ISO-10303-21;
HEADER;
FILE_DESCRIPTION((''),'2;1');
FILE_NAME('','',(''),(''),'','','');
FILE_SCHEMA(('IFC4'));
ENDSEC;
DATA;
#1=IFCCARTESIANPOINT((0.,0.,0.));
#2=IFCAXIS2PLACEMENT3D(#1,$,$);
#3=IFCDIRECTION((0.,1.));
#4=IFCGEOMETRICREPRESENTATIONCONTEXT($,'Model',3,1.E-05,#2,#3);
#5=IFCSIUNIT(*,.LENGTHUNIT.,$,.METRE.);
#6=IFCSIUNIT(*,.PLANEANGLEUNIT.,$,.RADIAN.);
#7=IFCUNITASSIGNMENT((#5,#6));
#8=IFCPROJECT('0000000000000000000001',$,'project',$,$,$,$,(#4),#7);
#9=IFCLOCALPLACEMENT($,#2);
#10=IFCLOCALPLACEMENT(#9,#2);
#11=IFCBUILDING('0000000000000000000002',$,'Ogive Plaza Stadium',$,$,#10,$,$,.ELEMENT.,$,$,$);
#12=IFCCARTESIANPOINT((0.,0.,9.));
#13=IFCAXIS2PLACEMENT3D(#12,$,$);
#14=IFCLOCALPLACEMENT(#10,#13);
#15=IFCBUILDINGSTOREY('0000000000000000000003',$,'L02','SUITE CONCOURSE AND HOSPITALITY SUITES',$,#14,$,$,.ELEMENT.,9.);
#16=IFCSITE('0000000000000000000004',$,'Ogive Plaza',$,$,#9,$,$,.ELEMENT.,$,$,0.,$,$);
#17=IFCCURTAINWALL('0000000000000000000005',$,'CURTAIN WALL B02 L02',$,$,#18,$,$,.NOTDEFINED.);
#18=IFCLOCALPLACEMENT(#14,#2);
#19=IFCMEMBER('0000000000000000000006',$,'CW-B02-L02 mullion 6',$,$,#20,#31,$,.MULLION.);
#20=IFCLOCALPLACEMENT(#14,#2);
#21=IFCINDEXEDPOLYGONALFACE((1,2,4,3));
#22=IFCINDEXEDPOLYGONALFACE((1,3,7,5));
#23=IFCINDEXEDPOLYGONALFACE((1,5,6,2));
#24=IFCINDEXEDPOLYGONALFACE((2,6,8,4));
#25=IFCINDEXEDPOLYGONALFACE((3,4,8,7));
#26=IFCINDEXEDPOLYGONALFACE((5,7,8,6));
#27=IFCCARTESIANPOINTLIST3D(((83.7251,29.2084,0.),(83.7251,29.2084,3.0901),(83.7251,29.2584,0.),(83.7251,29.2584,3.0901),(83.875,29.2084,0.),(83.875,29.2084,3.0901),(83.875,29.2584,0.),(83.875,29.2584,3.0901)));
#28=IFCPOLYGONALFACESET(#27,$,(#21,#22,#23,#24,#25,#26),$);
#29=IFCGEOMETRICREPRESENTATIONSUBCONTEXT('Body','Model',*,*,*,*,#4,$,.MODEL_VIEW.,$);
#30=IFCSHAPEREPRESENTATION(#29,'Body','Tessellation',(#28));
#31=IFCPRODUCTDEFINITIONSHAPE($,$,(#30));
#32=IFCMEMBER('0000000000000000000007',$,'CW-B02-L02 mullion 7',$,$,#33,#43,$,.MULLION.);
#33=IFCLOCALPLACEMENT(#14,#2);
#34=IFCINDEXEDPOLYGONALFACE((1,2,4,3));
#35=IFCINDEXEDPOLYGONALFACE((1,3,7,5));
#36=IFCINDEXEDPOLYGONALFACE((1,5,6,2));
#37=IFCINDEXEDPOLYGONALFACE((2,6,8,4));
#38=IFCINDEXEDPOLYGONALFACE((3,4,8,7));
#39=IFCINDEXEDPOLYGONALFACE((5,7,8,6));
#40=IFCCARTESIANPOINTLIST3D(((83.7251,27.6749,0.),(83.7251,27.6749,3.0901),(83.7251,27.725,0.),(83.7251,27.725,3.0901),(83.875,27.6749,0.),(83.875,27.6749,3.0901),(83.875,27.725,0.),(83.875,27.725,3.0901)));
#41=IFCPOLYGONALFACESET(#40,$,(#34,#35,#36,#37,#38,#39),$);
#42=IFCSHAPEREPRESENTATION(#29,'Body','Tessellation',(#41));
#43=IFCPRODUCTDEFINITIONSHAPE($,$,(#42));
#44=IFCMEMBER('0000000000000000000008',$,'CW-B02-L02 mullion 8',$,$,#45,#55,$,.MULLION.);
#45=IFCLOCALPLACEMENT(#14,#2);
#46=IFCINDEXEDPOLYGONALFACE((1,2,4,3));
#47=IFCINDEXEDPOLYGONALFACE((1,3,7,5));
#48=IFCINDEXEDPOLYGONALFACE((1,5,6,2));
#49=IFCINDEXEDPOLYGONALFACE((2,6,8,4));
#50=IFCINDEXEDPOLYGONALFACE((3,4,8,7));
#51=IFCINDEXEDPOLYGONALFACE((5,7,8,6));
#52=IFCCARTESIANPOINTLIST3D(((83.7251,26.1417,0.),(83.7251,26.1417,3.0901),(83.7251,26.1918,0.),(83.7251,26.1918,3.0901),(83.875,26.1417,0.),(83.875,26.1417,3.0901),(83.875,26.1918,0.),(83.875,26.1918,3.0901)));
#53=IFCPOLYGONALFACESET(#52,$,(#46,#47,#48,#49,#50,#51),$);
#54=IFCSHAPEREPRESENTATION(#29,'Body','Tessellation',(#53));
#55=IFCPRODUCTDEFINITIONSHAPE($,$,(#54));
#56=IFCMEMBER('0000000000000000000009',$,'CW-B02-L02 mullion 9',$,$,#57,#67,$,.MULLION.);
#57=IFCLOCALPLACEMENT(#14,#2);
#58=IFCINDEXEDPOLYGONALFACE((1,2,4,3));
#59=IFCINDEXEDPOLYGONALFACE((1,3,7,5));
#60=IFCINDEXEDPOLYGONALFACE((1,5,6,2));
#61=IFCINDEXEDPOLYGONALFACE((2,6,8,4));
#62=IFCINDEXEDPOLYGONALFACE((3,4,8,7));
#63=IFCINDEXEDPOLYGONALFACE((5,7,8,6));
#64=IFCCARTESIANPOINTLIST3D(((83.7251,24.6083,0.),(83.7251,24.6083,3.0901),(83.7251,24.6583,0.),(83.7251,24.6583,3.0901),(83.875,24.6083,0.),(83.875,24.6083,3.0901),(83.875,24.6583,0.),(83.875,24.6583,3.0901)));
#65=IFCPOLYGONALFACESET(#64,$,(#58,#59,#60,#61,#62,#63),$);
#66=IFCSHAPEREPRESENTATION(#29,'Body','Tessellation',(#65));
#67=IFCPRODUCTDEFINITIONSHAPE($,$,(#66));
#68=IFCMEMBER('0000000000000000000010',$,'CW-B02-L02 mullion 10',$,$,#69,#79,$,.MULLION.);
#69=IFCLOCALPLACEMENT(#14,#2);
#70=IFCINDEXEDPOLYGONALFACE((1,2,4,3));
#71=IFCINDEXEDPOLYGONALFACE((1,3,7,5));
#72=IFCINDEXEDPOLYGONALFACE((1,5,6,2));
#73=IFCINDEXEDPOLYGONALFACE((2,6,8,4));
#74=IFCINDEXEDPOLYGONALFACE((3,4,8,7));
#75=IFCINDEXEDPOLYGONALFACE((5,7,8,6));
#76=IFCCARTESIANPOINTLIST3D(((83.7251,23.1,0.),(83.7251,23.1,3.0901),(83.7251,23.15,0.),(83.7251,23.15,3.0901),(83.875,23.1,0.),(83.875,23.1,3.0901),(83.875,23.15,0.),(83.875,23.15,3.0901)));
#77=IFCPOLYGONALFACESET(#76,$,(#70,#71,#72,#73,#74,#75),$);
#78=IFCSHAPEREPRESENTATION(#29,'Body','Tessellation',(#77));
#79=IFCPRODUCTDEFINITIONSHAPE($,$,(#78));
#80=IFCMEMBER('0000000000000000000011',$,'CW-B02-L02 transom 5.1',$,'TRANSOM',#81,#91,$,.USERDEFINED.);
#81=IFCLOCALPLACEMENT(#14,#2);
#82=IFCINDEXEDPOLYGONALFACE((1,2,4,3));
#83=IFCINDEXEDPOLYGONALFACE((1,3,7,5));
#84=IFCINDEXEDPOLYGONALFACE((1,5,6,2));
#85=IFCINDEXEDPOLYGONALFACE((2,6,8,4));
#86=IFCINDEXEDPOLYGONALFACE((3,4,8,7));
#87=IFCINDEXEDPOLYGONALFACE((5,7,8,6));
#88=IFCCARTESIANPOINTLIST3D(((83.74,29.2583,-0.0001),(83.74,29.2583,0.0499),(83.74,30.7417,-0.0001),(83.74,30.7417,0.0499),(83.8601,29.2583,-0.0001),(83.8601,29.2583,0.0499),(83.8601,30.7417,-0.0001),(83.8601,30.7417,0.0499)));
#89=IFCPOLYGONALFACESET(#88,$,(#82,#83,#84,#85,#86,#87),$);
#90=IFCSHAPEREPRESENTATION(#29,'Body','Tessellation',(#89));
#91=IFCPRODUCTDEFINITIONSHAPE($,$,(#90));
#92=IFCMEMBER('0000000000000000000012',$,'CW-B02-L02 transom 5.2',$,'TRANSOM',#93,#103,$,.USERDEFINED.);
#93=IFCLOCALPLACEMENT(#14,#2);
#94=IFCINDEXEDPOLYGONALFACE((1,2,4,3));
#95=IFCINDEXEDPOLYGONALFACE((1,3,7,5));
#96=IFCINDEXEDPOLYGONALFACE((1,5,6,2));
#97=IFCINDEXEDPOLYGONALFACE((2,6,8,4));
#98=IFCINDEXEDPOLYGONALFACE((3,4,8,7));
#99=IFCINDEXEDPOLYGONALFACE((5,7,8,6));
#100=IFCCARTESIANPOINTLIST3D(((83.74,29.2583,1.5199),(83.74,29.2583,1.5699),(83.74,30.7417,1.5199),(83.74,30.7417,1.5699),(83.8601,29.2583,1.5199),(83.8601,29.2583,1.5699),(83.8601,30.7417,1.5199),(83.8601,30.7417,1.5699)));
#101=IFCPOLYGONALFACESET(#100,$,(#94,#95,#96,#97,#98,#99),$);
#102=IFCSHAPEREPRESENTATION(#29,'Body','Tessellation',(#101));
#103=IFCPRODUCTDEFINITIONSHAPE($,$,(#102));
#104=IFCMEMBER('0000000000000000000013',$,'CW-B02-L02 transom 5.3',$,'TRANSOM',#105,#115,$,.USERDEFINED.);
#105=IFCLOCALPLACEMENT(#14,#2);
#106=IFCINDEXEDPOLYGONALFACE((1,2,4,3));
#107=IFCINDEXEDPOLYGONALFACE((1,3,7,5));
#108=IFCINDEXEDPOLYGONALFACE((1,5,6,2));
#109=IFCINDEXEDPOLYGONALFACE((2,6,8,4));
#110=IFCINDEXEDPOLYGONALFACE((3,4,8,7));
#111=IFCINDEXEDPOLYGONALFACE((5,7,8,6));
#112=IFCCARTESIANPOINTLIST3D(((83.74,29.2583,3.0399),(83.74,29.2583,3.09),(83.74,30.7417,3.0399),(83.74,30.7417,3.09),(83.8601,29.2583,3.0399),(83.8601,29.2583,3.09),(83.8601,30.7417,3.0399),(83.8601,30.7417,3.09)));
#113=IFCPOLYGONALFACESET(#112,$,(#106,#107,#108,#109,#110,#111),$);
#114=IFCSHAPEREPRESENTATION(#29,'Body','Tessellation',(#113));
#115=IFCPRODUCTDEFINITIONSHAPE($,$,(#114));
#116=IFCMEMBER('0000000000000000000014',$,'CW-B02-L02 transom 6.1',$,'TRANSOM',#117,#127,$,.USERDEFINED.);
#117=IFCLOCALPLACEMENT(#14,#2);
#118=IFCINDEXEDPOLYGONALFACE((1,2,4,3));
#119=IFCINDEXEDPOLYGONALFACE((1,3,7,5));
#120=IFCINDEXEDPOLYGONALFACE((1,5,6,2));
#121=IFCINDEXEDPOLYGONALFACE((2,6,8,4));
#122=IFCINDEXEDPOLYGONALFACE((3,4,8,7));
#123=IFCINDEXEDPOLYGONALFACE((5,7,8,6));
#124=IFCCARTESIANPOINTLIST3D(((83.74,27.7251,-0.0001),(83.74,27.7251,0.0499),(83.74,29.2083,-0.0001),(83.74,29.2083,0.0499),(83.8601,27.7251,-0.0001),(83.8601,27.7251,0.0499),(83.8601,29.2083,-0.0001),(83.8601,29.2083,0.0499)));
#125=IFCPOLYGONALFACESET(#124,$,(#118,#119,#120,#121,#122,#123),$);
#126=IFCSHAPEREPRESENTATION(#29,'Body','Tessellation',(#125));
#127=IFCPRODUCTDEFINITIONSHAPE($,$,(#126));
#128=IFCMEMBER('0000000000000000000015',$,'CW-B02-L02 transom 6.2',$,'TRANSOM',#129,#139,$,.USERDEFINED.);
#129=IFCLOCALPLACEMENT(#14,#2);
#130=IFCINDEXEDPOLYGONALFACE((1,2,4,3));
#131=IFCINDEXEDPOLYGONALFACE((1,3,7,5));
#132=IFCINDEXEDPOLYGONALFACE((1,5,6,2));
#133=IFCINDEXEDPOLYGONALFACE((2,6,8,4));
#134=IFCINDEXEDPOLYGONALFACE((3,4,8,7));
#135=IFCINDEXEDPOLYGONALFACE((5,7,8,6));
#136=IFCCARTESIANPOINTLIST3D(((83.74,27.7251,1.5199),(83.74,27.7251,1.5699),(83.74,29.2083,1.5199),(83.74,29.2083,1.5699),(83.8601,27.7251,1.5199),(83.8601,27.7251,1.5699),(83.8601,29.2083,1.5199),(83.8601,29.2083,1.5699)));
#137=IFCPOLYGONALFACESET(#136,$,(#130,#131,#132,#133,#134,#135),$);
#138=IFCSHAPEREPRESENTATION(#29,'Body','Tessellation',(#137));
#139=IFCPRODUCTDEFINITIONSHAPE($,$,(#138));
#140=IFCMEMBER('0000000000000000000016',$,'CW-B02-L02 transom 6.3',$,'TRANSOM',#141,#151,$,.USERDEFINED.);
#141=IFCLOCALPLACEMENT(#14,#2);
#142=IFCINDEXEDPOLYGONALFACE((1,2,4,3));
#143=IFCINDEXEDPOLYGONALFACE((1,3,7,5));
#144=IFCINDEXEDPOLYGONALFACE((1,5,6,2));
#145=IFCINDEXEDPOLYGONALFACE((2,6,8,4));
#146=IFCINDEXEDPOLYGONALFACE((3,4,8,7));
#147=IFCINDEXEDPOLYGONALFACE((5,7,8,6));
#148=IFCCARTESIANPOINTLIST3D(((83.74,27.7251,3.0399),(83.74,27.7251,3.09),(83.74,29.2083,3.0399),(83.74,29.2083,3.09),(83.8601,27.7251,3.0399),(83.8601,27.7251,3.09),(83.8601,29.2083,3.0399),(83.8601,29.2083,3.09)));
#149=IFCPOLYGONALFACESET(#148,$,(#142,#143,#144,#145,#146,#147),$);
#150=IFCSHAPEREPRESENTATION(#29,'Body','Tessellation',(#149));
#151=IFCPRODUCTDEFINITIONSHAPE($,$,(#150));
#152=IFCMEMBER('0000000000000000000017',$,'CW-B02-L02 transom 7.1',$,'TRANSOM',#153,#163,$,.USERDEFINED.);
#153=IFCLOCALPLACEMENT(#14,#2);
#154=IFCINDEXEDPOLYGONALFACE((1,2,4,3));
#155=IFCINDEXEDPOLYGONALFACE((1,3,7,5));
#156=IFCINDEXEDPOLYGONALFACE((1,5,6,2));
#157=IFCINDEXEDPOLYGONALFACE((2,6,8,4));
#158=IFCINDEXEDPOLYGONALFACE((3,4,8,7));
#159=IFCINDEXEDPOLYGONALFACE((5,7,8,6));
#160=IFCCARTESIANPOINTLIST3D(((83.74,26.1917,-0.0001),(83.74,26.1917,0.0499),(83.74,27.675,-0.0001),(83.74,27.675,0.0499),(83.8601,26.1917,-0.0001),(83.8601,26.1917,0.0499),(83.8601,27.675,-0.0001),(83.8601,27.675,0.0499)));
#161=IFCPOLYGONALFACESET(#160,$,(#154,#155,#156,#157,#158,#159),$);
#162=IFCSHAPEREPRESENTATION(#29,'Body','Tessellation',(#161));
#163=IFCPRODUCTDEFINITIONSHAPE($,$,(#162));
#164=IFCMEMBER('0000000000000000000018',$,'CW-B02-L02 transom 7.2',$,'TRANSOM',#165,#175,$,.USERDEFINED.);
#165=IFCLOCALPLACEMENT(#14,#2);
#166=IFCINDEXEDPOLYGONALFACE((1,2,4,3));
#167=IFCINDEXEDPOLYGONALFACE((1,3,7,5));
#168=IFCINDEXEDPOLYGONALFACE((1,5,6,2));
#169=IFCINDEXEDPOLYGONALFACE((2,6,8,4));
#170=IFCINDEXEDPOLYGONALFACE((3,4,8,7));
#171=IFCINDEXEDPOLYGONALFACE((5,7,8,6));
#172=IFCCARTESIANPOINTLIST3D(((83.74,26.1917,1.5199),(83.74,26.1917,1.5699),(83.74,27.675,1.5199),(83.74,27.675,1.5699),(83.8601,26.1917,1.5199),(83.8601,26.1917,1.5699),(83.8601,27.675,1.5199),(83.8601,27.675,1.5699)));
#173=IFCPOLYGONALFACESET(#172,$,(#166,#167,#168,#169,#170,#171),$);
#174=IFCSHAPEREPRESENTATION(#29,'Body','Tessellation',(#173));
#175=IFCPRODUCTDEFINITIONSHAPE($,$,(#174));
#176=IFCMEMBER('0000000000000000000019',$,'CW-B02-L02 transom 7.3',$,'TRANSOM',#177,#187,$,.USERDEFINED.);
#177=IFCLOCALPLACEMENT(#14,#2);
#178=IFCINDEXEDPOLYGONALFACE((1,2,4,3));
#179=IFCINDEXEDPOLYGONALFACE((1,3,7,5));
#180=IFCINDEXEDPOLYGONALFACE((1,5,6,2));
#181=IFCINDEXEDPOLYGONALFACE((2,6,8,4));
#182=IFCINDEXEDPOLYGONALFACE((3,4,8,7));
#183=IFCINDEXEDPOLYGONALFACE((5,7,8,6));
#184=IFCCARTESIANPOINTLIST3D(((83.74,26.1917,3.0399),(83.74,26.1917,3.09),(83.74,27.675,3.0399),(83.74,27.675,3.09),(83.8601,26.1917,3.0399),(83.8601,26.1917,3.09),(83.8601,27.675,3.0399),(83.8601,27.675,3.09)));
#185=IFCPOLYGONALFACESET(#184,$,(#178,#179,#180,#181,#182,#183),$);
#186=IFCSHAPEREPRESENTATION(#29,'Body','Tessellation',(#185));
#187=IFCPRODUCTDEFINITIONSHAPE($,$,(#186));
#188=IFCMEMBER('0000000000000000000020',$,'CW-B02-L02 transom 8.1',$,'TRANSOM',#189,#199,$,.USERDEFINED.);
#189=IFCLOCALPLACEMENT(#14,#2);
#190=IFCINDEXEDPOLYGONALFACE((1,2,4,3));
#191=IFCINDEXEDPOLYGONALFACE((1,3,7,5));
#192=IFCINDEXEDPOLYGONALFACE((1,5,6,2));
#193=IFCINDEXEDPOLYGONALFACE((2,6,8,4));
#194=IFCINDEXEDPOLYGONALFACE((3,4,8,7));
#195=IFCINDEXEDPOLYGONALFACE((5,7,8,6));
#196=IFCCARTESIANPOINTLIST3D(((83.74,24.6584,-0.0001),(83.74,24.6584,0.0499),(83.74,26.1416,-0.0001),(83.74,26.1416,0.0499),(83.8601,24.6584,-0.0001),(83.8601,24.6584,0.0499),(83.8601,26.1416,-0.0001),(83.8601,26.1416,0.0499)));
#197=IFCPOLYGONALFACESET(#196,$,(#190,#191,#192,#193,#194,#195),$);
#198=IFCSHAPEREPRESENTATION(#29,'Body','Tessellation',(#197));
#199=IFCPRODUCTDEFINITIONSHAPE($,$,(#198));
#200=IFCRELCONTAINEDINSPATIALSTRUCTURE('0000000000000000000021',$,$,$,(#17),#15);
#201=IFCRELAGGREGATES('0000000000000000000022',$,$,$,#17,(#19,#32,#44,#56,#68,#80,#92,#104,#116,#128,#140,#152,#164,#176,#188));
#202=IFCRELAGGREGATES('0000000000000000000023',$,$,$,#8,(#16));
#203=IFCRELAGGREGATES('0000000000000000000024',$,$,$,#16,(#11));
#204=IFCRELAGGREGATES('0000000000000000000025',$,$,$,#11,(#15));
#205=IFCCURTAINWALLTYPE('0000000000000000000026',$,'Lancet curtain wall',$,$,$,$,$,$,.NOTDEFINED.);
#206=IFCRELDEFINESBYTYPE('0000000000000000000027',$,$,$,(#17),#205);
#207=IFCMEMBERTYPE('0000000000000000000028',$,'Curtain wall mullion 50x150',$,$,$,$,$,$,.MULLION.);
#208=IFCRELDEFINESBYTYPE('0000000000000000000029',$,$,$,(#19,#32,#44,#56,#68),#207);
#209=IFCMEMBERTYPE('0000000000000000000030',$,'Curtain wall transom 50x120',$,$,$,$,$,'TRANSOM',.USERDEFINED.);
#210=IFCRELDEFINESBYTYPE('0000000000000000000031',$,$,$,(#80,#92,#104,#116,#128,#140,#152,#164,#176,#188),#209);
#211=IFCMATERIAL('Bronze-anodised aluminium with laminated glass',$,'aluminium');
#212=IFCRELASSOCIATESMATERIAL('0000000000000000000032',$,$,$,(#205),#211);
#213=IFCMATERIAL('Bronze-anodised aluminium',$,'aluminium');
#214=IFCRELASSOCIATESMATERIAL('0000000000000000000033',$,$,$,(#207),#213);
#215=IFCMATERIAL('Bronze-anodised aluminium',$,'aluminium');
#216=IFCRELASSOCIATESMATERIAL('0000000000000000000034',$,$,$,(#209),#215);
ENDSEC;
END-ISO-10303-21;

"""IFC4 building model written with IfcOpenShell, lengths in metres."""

from ifc_helpers import new_model, si_unit, direction, frame, origin, origin_2d, place, context, subcontext, project, spatial, rectangle, extrude, material, material_profile, profile_set, type_object, element, aggregate, save


model = new_model("IFC4")

# Units and contexts
model_context = context("Model", 3, precision=1e-05, world=origin(), true_north=direction((0.0, 1.0)))
body_context = subcontext(model_context, "Body", "Model", "MODEL_VIEW")
ifc_project = project(units=[si_unit("LENGTHUNIT", "METRE"), si_unit("PLANEANGLEUNIT", "RADIAN")], contexts=[model_context])

# Site, building, storey
site_placement = place(None, origin())
site = spatial("IfcSite", under=ifc_project, at=site_placement, Name="Ogive Plaza", CompositionType="ELEMENT", RefElevation=0.0)
building_placement = place(site_placement, origin())
building = spatial("IfcBuilding", under=site, at=building_placement, Name="Ogive Plaza Stadium", CompositionType="ELEMENT")
storey_placement = place(building_placement, frame((0.0, 0.0, 9.0)))
storey = spatial("IfcBuildingStorey", under=building, at=storey_placement, Name="L02", Description="SUITE CONCOURSE AND HOSPITALITY SUITES", CompositionType="ELEMENT", Elevation=9.0)

# Curtain wall, members
ifc_material_1 = material(Name="Bronze-anodised aluminium with laminated glass", Category="aluminium")
curtain_wall_type = type_object("IfcCurtainWallType", Name="Lancet curtain wall", PredefinedType="NOTDEFINED", material=ifc_material_1)
curtain_wall_placement = place(storey_placement, origin())
curtain_wall = element("IfcCurtainWall", 1, at=curtain_wall_placement, inside=storey, type_object=curtain_wall_type, Name="CURTAIN WALL B02 L02", PredefinedType="NOTDEFINED")
ifc_material_2 = material(Name="Bronze-anodised aluminium", Category="aluminium")
ifc_material_profile_1 = material_profile(ifc_material_2, rectangle(XDim=0.1499, YDim=0.05, at=origin_2d()), Name="AL 150x50")
ifc_profile_set_1 = profile_set([ifc_material_profile_1], Name="Bronze-anodised aluminium")
member_type_1 = type_object("IfcMemberType", Name="Curtain wall mullion 50x150", PredefinedType="MULLION", material=ifc_profile_set_1)
member_1_placement = place(storey_placement, frame((83.8, 29.2334, 0.0), z_axis=(0.0, 0.0, 1.0), x_axis=(1.0, 0.0, 0.0)))
member_1 = element("IfcMember", 2, at=member_1_placement, type_object=member_type_1, Name="CW-B02-L02 mullion 6", PredefinedType="MULLION", context=body_context, shape_type="SweptSolid", body=[
    extrude(rectangle(XDim=0.1499, YDim=0.05, at=origin_2d()), origin(), (0.0, 0.0, 1.0), 3.0901),
])
member_2_placement = place(storey_placement, frame((83.8, 27.7, 0.0), z_axis=(0.0, 0.0, 1.0), x_axis=(1.0, 0.0, 0.0)))
member_2 = element("IfcMember", 3, at=member_2_placement, type_object=member_type_1, Name="CW-B02-L02 mullion 7", PredefinedType="MULLION", context=body_context, shape_type="SweptSolid", body=[
    extrude(rectangle(XDim=0.1499, YDim=0.05, at=origin_2d()), origin(), (0.0, 0.0, 1.0), 3.0901),
])
member_3_placement = place(storey_placement, frame((83.8, 26.1667, 0.0), z_axis=(0.0, 0.0, 1.0), x_axis=(1.0, 0.0, 0.0)))
member_3 = element("IfcMember", 4, at=member_3_placement, type_object=member_type_1, Name="CW-B02-L02 mullion 8", PredefinedType="MULLION", context=body_context, shape_type="SweptSolid", body=[
    extrude(rectangle(XDim=0.1499, YDim=0.05, at=origin_2d()), origin(), (0.0, 0.0, 1.0), 3.0901),
])
member_4_placement = place(storey_placement, frame((83.8, 24.6333, 0.0), z_axis=(0.0, 0.0, 1.0), x_axis=(1.0, 0.0, 0.0)))
member_4 = element("IfcMember", 5, at=member_4_placement, type_object=member_type_1, Name="CW-B02-L02 mullion 9", PredefinedType="MULLION", context=body_context, shape_type="SweptSolid", body=[
    extrude(rectangle(XDim=0.1499, YDim=0.05, at=origin_2d()), origin(), (0.0, 0.0, 1.0), 3.0901),
])
member_5_placement = place(storey_placement, frame((83.8, 23.125, 0.0), z_axis=(0.0, 0.0, 1.0), x_axis=(1.0, 0.0, 0.0)))
member_5 = element("IfcMember", 6, at=member_5_placement, type_object=member_type_1, Name="CW-B02-L02 mullion 10", PredefinedType="MULLION", context=body_context, shape_type="SweptSolid", body=[
    extrude(rectangle(XDim=0.1499, YDim=0.05, at=origin_2d()), origin(), (0.0, 0.0, 1.0), 3.0901),
])
ifc_material_3 = material(Name="Bronze-anodised aluminium", Category="aluminium")
ifc_material_profile_2 = material_profile(ifc_material_3, rectangle(XDim=0.1201, YDim=0.05, at=origin_2d()), Name="AL 120x50")
ifc_profile_set_2 = profile_set([ifc_material_profile_2], Name="Bronze-anodised aluminium")
member_type_2 = type_object("IfcMemberType", Name="Curtain wall transom 50x120", ElementType="TRANSOM", PredefinedType="USERDEFINED", material=ifc_profile_set_2)
member_6_placement = place(storey_placement, frame((83.8, 30.7417, 0.0249), z_axis=(0.0, -1.0, 0.0), x_axis=(1.0, 0.0, 0.0)))
member_6 = element("IfcMember", 7, at=member_6_placement, type_object=member_type_2, Name="CW-B02-L02 transom 5.1", ObjectType="TRANSOM", PredefinedType="USERDEFINED", context=body_context, shape_type="SweptSolid", body=[
    extrude(rectangle(XDim=0.1201, YDim=0.05, at=origin_2d()), origin(), (0.0, 0.0, 1.0), 1.4834),
])
member_7_placement = place(storey_placement, frame((83.8, 30.7417, 1.5449), z_axis=(0.0, -1.0, 0.0), x_axis=(1.0, 0.0, 0.0)))
member_7 = element("IfcMember", 8, at=member_7_placement, type_object=member_type_2, Name="CW-B02-L02 transom 5.2", ObjectType="TRANSOM", PredefinedType="USERDEFINED", context=body_context, shape_type="SweptSolid", body=[
    extrude(rectangle(XDim=0.1201, YDim=0.05, at=origin_2d()), origin(), (0.0, 0.0, 1.0), 1.4834),
])
member_8_placement = place(storey_placement, frame((83.8, 30.7417, 3.0649), z_axis=(0.0, -1.0, 0.0), x_axis=(1.0, 0.0, 0.0)))
member_8 = element("IfcMember", 9, at=member_8_placement, type_object=member_type_2, Name="CW-B02-L02 transom 5.3", ObjectType="TRANSOM", PredefinedType="USERDEFINED", context=body_context, shape_type="SweptSolid", body=[
    extrude(rectangle(XDim=0.1201, YDim=0.05, at=origin_2d()), origin(), (0.0, 0.0, 1.0), 1.4834),
])
member_9_placement = place(storey_placement, frame((83.8, 29.2083, 0.0249), z_axis=(0.0, -1.0, 0.0), x_axis=(1.0, 0.0, 0.0)))
member_9 = element("IfcMember", 10, at=member_9_placement, type_object=member_type_2, Name="CW-B02-L02 transom 6.1", ObjectType="TRANSOM", PredefinedType="USERDEFINED", context=body_context, shape_type="SweptSolid", body=[
    extrude(rectangle(XDim=0.1201, YDim=0.05, at=origin_2d()), origin(), (0.0, 0.0, 1.0), 1.4832),
])
member_10_placement = place(storey_placement, frame((83.8, 29.2083, 1.5449), z_axis=(0.0, -1.0, 0.0), x_axis=(1.0, 0.0, 0.0)))
member_10 = element("IfcMember", 11, at=member_10_placement, type_object=member_type_2, Name="CW-B02-L02 transom 6.2", ObjectType="TRANSOM", PredefinedType="USERDEFINED", context=body_context, shape_type="SweptSolid", body=[
    extrude(rectangle(XDim=0.1201, YDim=0.05, at=origin_2d()), origin(), (0.0, 0.0, 1.0), 1.4832),
])
member_11_placement = place(storey_placement, frame((83.8, 29.2083, 3.0649), z_axis=(0.0, -1.0, 0.0), x_axis=(1.0, 0.0, 0.0)))
member_11 = element("IfcMember", 12, at=member_11_placement, type_object=member_type_2, Name="CW-B02-L02 transom 6.3", ObjectType="TRANSOM", PredefinedType="USERDEFINED", context=body_context, shape_type="SweptSolid", body=[
    extrude(rectangle(XDim=0.1201, YDim=0.05, at=origin_2d()), origin(), (0.0, 0.0, 1.0), 1.4832),
])
member_12_placement = place(storey_placement, frame((83.8, 27.675, 0.0249), z_axis=(0.0, -1.0, 0.0), x_axis=(1.0, 0.0, 0.0)))
member_12 = element("IfcMember", 13, at=member_12_placement, type_object=member_type_2, Name="CW-B02-L02 transom 7.1", ObjectType="TRANSOM", PredefinedType="USERDEFINED", context=body_context, shape_type="SweptSolid", body=[
    extrude(rectangle(XDim=0.1201, YDim=0.05, at=origin_2d()), origin(), (0.0, 0.0, 1.0), 1.4834),
])
member_13_placement = place(storey_placement, frame((83.8, 27.675, 1.5449), z_axis=(0.0, -1.0, 0.0), x_axis=(1.0, 0.0, 0.0)))
member_13 = element("IfcMember", 14, at=member_13_placement, type_object=member_type_2, Name="CW-B02-L02 transom 7.2", ObjectType="TRANSOM", PredefinedType="USERDEFINED", context=body_context, shape_type="SweptSolid", body=[
    extrude(rectangle(XDim=0.1201, YDim=0.05, at=origin_2d()), origin(), (0.0, 0.0, 1.0), 1.4834),
])
member_14_placement = place(storey_placement, frame((83.8, 27.675, 3.0649), z_axis=(0.0, -1.0, 0.0), x_axis=(1.0, 0.0, 0.0)))
member_14 = element("IfcMember", 15, at=member_14_placement, type_object=member_type_2, Name="CW-B02-L02 transom 7.3", ObjectType="TRANSOM", PredefinedType="USERDEFINED", context=body_context, shape_type="SweptSolid", body=[
    extrude(rectangle(XDim=0.1201, YDim=0.05, at=origin_2d()), origin(), (0.0, 0.0, 1.0), 1.4834),
])
member_15_placement = place(storey_placement, frame((83.8, 26.1416, 0.0249), z_axis=(0.0, -1.0, 0.0), x_axis=(1.0, 0.0, 0.0)))
member_15 = element("IfcMember", 16, at=member_15_placement, type_object=member_type_2, Name="CW-B02-L02 transom 8.1", ObjectType="TRANSOM", PredefinedType="USERDEFINED", context=body_context, shape_type="SweptSolid", body=[
    extrude(rectangle(XDim=0.1201, YDim=0.05, at=origin_2d()), origin(), (0.0, 0.0, 1.0), 1.4832),
])
aggregate(curtain_wall, [member_1, member_2, member_3, member_4, member_5, member_6, member_7, member_8, member_9, member_10, member_11, member_12, member_13, member_14, member_15])

save(model, "model.ifc")
